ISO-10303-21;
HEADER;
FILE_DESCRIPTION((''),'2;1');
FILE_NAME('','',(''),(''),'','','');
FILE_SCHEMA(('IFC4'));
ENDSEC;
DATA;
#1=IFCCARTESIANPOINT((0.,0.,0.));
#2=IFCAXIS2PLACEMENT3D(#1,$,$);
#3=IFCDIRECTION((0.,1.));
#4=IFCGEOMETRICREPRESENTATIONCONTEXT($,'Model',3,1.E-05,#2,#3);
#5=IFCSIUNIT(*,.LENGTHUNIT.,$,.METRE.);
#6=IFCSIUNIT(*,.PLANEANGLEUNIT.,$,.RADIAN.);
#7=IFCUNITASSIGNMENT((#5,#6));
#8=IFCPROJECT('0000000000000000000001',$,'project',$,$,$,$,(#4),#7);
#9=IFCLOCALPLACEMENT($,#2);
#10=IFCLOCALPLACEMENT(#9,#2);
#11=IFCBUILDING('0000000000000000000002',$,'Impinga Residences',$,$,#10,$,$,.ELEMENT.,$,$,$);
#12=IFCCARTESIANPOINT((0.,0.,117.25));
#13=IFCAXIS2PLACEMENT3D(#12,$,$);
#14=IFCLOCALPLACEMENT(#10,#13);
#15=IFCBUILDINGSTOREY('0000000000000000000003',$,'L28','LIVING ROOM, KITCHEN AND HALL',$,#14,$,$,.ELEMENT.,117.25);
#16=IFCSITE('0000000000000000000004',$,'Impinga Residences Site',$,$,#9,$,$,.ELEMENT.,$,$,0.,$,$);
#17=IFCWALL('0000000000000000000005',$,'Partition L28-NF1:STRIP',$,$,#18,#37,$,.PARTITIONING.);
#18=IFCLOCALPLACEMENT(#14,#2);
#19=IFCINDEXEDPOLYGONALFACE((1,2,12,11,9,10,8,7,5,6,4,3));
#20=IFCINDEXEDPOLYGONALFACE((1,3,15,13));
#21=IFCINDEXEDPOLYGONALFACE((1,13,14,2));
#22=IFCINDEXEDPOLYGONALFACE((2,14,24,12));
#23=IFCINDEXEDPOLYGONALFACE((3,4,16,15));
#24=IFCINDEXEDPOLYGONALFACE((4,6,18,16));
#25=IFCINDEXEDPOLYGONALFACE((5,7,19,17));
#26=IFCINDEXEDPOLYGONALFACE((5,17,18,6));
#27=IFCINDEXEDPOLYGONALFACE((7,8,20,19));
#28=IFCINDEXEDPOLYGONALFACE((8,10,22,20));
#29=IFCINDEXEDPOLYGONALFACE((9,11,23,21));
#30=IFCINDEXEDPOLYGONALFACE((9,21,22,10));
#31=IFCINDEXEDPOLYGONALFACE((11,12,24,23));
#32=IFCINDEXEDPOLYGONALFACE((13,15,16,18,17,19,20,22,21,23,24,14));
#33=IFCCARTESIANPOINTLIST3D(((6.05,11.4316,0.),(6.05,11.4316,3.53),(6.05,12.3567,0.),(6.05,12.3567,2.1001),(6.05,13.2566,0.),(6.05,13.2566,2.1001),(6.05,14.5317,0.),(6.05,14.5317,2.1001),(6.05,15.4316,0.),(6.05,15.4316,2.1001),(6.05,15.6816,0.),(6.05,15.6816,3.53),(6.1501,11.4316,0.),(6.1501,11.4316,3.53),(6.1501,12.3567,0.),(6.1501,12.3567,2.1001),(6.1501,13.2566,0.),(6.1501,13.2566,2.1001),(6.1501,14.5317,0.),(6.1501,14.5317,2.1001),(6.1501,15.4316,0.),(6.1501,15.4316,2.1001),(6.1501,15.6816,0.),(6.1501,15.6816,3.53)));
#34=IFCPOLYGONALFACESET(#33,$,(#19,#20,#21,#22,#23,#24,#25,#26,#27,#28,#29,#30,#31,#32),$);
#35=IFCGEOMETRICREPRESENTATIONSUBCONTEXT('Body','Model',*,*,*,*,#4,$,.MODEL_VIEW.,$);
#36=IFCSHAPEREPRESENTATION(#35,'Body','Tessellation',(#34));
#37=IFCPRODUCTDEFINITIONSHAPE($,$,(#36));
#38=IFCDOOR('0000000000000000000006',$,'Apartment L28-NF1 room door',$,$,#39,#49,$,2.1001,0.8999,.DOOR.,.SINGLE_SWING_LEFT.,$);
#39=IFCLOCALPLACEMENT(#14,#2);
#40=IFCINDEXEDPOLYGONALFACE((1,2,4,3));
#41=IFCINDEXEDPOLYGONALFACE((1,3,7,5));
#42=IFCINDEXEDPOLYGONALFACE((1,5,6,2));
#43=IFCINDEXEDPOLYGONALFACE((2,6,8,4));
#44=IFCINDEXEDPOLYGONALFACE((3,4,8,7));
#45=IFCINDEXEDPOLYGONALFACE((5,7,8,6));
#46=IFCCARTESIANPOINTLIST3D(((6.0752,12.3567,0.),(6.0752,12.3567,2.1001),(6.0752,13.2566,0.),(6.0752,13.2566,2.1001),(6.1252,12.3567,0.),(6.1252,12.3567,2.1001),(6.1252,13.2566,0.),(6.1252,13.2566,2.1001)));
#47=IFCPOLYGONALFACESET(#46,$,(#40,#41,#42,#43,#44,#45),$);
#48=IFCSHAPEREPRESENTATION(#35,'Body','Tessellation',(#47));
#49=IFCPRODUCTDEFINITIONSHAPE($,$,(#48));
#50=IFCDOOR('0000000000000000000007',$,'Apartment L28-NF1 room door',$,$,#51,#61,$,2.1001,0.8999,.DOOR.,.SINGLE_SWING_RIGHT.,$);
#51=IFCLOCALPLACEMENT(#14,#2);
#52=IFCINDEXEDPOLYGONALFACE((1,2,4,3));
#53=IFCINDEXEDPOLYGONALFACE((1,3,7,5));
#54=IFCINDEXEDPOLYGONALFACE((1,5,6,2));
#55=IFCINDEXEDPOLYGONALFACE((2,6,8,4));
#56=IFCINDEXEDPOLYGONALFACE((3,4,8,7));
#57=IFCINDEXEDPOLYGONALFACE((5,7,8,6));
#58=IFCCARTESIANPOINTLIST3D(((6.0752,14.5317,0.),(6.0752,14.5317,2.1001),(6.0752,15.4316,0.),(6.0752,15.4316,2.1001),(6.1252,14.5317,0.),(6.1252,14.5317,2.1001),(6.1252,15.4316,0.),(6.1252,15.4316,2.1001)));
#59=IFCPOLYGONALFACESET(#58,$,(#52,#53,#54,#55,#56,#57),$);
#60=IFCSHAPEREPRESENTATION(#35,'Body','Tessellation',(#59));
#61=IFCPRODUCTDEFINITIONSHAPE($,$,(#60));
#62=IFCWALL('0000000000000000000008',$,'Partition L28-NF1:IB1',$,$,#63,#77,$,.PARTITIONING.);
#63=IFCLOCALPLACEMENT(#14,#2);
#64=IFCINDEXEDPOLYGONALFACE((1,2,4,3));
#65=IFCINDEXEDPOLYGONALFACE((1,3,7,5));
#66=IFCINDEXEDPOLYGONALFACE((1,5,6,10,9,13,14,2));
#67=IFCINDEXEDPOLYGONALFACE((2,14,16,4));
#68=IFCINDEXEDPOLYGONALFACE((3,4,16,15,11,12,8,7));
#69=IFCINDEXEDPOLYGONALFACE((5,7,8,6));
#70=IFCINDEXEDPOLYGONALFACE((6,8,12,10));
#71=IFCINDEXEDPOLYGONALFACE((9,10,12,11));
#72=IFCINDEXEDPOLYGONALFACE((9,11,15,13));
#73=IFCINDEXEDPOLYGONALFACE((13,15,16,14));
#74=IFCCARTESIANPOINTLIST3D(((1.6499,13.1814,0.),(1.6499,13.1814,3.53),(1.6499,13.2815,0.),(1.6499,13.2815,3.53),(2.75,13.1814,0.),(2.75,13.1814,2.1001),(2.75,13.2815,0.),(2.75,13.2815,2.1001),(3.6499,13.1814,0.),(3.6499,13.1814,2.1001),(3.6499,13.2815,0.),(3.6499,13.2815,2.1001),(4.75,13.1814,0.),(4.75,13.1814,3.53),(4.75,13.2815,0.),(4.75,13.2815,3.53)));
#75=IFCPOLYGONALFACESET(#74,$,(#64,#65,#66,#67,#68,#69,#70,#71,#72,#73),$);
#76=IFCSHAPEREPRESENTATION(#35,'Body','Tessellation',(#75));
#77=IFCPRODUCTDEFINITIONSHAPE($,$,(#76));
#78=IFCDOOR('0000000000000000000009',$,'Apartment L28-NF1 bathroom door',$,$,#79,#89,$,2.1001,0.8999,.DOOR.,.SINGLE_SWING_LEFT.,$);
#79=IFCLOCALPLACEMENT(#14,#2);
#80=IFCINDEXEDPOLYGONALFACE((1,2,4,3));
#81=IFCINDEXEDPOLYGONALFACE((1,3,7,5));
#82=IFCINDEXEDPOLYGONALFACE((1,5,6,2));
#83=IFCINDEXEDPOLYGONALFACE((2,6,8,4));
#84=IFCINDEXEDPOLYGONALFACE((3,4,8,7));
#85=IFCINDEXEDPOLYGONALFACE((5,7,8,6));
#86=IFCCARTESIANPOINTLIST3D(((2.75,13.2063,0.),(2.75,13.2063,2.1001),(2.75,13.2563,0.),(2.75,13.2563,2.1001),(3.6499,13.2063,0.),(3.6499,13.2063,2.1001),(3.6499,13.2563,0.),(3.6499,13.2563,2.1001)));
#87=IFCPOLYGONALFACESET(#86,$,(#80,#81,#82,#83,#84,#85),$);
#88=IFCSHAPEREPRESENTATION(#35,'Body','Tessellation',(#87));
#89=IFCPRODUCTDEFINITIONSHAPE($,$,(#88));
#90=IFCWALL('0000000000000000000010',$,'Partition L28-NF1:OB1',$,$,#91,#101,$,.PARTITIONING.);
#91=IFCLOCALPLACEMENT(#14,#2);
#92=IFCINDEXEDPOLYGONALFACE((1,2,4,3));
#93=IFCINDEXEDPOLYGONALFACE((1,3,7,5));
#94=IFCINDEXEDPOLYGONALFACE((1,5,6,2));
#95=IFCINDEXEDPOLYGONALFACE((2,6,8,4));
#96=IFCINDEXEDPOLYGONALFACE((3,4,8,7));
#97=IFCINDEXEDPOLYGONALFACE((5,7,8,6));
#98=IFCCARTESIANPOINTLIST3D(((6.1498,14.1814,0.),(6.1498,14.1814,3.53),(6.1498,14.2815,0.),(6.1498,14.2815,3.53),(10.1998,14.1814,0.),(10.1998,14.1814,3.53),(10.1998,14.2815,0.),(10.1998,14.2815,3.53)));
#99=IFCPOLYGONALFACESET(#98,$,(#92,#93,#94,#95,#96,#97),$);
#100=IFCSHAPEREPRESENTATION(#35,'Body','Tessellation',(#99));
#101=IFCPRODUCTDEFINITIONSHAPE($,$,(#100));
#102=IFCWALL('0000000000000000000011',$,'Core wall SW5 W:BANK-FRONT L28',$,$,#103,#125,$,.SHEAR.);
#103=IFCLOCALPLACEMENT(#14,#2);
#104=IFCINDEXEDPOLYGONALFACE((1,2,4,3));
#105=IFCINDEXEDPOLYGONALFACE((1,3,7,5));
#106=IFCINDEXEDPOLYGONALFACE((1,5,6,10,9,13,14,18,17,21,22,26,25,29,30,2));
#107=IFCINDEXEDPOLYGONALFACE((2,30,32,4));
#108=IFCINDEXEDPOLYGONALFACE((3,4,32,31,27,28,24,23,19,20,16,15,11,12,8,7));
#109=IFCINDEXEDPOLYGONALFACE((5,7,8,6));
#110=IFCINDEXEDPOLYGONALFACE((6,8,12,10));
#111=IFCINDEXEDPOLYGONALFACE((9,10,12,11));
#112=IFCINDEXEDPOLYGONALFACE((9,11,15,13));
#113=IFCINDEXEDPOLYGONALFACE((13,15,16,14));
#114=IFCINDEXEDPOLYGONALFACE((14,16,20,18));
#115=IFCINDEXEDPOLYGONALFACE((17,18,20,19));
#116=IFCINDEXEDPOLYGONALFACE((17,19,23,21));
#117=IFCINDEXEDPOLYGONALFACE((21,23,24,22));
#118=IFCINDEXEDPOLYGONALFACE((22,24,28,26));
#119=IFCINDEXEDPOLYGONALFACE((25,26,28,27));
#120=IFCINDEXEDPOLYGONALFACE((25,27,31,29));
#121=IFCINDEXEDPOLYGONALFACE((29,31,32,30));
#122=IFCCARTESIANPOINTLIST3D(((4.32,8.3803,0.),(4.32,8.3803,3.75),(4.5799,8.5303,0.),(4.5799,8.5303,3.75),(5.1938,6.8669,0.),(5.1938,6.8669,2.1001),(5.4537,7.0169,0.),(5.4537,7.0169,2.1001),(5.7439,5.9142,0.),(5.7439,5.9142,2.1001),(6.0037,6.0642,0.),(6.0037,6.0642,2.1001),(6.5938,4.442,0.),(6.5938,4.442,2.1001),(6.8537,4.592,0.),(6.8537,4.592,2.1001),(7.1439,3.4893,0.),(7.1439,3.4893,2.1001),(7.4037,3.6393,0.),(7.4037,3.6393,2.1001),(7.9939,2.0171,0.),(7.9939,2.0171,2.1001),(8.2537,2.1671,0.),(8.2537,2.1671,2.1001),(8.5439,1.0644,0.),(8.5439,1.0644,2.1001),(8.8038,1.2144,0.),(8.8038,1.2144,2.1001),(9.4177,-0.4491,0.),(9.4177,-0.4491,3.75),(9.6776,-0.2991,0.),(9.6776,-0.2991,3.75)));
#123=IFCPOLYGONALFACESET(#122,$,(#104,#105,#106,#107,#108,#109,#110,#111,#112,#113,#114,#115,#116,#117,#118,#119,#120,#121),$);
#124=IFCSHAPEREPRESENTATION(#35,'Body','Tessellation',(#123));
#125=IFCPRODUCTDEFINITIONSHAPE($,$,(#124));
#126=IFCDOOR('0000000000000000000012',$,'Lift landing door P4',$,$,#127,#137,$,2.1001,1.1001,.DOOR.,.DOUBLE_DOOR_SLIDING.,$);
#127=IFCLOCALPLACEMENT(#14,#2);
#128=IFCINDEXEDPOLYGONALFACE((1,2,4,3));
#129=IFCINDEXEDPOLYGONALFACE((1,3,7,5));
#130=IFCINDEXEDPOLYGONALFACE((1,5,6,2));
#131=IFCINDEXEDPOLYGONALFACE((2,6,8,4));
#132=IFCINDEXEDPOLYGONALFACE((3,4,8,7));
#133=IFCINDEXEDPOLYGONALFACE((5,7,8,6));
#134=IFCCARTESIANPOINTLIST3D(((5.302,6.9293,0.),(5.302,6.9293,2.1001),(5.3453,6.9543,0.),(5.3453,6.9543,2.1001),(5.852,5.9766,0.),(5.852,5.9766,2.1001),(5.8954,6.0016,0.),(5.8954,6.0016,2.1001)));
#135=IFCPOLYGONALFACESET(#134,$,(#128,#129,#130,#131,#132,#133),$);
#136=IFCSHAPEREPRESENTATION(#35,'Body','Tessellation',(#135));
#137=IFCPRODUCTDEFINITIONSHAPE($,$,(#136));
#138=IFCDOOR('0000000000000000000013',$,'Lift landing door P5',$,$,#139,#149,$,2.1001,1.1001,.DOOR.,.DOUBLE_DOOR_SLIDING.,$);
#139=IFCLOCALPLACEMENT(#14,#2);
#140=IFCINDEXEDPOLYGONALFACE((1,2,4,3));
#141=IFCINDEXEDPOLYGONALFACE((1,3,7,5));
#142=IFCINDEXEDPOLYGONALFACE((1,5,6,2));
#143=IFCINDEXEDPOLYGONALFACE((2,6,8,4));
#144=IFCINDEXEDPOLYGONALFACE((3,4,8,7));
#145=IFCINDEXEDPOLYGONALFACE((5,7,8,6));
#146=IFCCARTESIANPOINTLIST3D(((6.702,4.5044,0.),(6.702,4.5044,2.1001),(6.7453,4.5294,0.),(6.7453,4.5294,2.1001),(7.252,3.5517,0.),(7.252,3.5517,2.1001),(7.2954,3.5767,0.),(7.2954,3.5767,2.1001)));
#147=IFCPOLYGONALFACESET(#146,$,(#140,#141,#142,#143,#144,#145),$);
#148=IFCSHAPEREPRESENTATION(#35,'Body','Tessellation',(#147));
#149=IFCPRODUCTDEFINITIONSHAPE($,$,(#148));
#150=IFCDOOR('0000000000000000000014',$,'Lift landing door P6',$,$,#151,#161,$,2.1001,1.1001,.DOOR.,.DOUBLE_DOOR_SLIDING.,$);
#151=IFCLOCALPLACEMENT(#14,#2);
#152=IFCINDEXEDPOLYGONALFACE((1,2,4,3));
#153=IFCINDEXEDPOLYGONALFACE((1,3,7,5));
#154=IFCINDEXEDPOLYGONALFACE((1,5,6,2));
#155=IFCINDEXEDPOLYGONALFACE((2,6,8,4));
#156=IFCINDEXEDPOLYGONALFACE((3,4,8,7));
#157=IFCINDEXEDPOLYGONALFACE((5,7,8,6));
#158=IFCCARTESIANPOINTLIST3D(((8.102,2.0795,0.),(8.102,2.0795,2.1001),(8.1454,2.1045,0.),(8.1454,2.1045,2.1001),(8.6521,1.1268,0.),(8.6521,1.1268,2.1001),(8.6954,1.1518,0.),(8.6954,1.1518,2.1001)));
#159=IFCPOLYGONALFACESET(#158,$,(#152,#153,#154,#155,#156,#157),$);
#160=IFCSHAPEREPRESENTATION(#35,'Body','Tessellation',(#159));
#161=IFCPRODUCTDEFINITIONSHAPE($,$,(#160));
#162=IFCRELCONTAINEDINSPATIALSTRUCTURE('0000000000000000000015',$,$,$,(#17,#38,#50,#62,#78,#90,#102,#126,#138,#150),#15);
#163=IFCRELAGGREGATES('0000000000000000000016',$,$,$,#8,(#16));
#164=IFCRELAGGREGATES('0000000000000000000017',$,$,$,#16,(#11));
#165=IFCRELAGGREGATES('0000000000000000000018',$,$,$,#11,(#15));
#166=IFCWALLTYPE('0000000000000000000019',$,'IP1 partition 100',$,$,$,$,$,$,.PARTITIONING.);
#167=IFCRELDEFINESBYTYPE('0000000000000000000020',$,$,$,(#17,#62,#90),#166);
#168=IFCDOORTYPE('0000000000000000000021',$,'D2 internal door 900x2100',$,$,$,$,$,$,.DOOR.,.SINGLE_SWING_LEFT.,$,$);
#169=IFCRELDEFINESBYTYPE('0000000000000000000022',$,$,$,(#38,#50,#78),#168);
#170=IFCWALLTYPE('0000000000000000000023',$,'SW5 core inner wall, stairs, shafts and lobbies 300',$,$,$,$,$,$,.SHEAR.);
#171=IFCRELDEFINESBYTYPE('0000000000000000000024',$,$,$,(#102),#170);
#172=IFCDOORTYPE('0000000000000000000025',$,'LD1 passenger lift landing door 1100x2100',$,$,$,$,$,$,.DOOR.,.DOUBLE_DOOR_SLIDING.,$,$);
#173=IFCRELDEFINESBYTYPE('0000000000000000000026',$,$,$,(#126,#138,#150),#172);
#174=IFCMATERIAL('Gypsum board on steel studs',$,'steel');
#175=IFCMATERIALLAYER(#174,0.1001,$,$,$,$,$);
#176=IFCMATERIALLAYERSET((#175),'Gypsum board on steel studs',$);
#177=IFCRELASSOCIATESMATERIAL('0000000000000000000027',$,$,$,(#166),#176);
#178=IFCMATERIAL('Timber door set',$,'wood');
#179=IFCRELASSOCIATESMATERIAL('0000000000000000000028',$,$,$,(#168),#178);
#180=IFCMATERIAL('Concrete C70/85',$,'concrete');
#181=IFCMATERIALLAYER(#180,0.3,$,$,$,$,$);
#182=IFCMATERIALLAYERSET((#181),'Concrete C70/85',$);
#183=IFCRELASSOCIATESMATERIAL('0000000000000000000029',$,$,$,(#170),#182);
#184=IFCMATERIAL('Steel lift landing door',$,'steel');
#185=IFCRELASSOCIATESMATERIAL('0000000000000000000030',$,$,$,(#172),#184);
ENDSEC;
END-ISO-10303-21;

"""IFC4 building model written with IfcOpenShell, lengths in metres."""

from ifc_helpers import new_model, si_unit, direction, frame, frame_2d, origin, place, context, subcontext, project, spatial, rectangle, extrude, material, layer, layer_set, type_object, element, fill, save


model = new_model("IFC4")

# Units and contexts
model_context = context("Model", 3, precision=1e-05, world=origin(), true_north=direction((0.0, 1.0)))
body_context = subcontext(model_context, "Body", "Model", "MODEL_VIEW")
ifc_project = project(units=[si_unit("LENGTHUNIT", "METRE"), si_unit("PLANEANGLEUNIT", "RADIAN")], contexts=[model_context])

# Site, building, storey
site_placement = place(None, origin())
site = spatial("IfcSite", under=ifc_project, at=site_placement, Name="Impinga Residences Site", CompositionType="ELEMENT", RefElevation=0.0)
building_placement = place(site_placement, origin())
building = spatial("IfcBuilding", under=site, at=building_placement, Name="Impinga Residences", CompositionType="ELEMENT")
storey_placement = place(building_placement, frame((0.0, 0.0, 117.25)))
storey = spatial("IfcBuildingStorey", under=building, at=storey_placement, Name="L28", Description="LIVING ROOM, KITCHEN AND HALL", CompositionType="ELEMENT", Elevation=117.25)

# Shared definitions
ifc_material_1 = material(Name="Timber door set", Category="wood")

# Shared definitions
ifc_material_2 = material(Name="Gypsum board on steel studs", Category="steel")
ifc_layer_1 = layer(ifc_material_2, 0.1001)
ifc_layer_set_1 = layer_set([ifc_layer_1], Name="Gypsum board on steel studs")
wall_type_1 = type_object("IfcWallType", Name="IP1 partition 100", PredefinedType="PARTITIONING", material=ifc_layer_set_1)

# Wall, openings, doors
wall_1_placement = place(storey_placement, frame((6.1001, 11.4316, 0.0), z_axis=(0.0, 0.0, 1.0), x_axis=(0.0, 1.0, 0.0)))
wall_1 = element("IfcWall", 1, at=wall_1_placement, inside=storey, type_object=wall_type_1, Name="Partition L28-NF1:STRIP", PredefinedType="PARTITIONING", context=body_context, shape_type="SweptSolid", body=[
    extrude(rectangle(XDim=4.25, YDim=0.1001, at=frame_2d((2.125, 0.0))), origin(), (0.0, 0.0, 1.0), 3.53),
])
opening_1_placement = place(wall_1_placement, frame((0.925, 0.0, 0.0)))
opening_1 = element("IfcOpeningElement", 2, at=opening_1_placement, cuts=wall_1, PredefinedType="OPENING", context=body_context, shape_type="SweptSolid", body=[
    extrude(rectangle(XDim=0.8999, YDim=2.1001, at=frame_2d((0.45, 1.05))), frame((0.0, 0.0601, 0.0), z_axis=(0.0, -1.0, 0.0), x_axis=(1.0, 0.0, 0.0)), (0.0, 0.0, 1.0), 0.1201),
])
opening_2_placement = place(wall_1_placement, frame((3.1001, 0.0, 0.0)))
opening_2 = element("IfcOpeningElement", 3, at=opening_2_placement, cuts=wall_1, PredefinedType="OPENING", context=body_context, shape_type="SweptSolid", body=[
    extrude(rectangle(XDim=0.8999, YDim=2.1001, at=frame_2d((0.45, 1.05))), frame((0.0, 0.0601, 0.0), z_axis=(0.0, -1.0, 0.0), x_axis=(1.0, 0.0, 0.0)), (0.0, 0.0, 1.0), 0.1201),
])
door_type_1 = type_object("IfcDoorType", Name="D2 internal door 900x2100", OperationType="SINGLE_SWING_LEFT", PredefinedType="DOOR", material=ifc_material_1)
door_1_placement = place(opening_1_placement, origin())
door_1 = element("IfcDoor", 4, at=door_1_placement, inside=storey, type_object=door_type_1, Name="Apartment L28-NF1 room door", OperationType="SINGLE_SWING_LEFT", OverallHeight=2.1001, OverallWidth=0.8999, PredefinedType="DOOR", context=body_context, shape_type="SweptSolid", body=[
    extrude(rectangle(XDim=0.8999, YDim=2.1001, at=frame_2d((0.45, 1.05))), frame((0.0, 0.0249, 0.0), z_axis=(0.0, -1.0, 0.0), x_axis=(1.0, 0.0, 0.0)), (0.0, 0.0, 1.0), 0.05),
])
fill(opening_1, door_1)
door_2_placement = place(opening_2_placement, origin())
door_2 = element("IfcDoor", 5, at=door_2_placement, inside=storey, type_object=door_type_1, Name="Apartment L28-NF1 room door", OperationType="SINGLE_SWING_RIGHT", OverallHeight=2.1001, OverallWidth=0.8999, PredefinedType="DOOR", context=body_context, shape_type="SweptSolid", body=[
    extrude(rectangle(XDim=0.8999, YDim=2.1001, at=frame_2d((0.45, 1.05))), frame((0.0, 0.0249, 0.0), z_axis=(0.0, -1.0, 0.0), x_axis=(1.0, 0.0, 0.0)), (0.0, 0.0, 1.0), 0.05),
])
fill(opening_2, door_2)

# Wall, opening, door
wall_2_placement = place(storey_placement, frame((1.6499, 13.2314, 0.0), z_axis=(0.0, 0.0, 1.0), x_axis=(1.0, 0.0, 0.0)))
wall_2 = element("IfcWall", 6, at=wall_2_placement, inside=storey, type_object=wall_type_1, Name="Partition L28-NF1:IB1", PredefinedType="PARTITIONING", context=body_context, shape_type="SweptSolid", body=[
    extrude(rectangle(XDim=3.1001, YDim=0.1001, at=frame_2d((1.55, 0.0))), origin(), (0.0, 0.0, 1.0), 3.53),
])
opening_3_placement = place(wall_2_placement, frame((1.1001, 0.0, 0.0)))
opening_3 = element("IfcOpeningElement", 7, at=opening_3_placement, cuts=wall_2, PredefinedType="OPENING", context=body_context, shape_type="SweptSolid", body=[
    extrude(rectangle(XDim=0.8999, YDim=2.1001, at=frame_2d((0.45, 1.05))), frame((0.0, 0.0601, 0.0), z_axis=(0.0, -1.0, 0.0), x_axis=(1.0, 0.0, 0.0)), (0.0, 0.0, 1.0), 0.1201),
])
door_3_placement = place(opening_3_placement, origin())
door_3 = element("IfcDoor", 8, at=door_3_placement, inside=storey, type_object=door_type_1, Name="Apartment L28-NF1 bathroom door", OperationType="SINGLE_SWING_LEFT", OverallHeight=2.1001, OverallWidth=0.8999, PredefinedType="DOOR", context=body_context, shape_type="SweptSolid", body=[
    extrude(rectangle(XDim=0.8999, YDim=2.1001, at=frame_2d((0.45, 1.05))), frame((0.0, 0.0249, 0.0), z_axis=(0.0, -1.0, 0.0), x_axis=(1.0, 0.0, 0.0)), (0.0, 0.0, 1.0), 0.05),
])
fill(opening_3, door_3)

# Wall
wall_3_placement = place(storey_placement, frame((6.1499, 14.2314, 0.0), z_axis=(0.0, 0.0, 1.0), x_axis=(1.0, 0.0, 0.0)))
element("IfcWall", 9, at=wall_3_placement, inside=storey, type_object=wall_type_1, Name="Partition L28-NF1:OB1", PredefinedType="PARTITIONING", context=body_context, shape_type="SweptSolid", body=[
    extrude(rectangle(XDim=4.05, YDim=0.1001, at=frame_2d((2.0249, 0.0))), origin(), (0.0, 0.0, 1.0), 3.53),
])

# Wall, openings, doors
ifc_material_3 = material(Name="Concrete C70/85", Category="concrete")
ifc_layer_2 = layer(ifc_material_3, 0.3)
ifc_layer_set_2 = layer_set([ifc_layer_2], Name="Concrete C70/85")
wall_type_2 = type_object("IfcWallType", Name="SW5 core inner wall, stairs, shafts and lobbies 300", PredefinedType="SHEAR", material=ifc_layer_set_2)
wall_4_placement = place(storey_placement, frame((4.45, 8.4553, 0.0), z_axis=(0.0, 0.0, 1.0), x_axis=(0.500002, -0.866024, 0.0)))
wall_4 = element("IfcWall", 10, at=wall_4_placement, inside=storey, type_object=wall_type_2, Name="Core wall SW5 W:BANK-FRONT L28", PredefinedType="SHEAR", context=body_context, shape_type="SweptSolid", body=[
    extrude(rectangle(XDim=10.1953, YDim=0.3, at=frame_2d((5.0977, 0.0))), origin(), (0.0, 0.0, 1.0), 3.75),
])
opening_4_placement = place(wall_4_placement, frame((1.7476, 0.0, 0.0)))
opening_4 = element("IfcOpeningElement", 11, at=opening_4_placement, cuts=wall_4, PredefinedType="OPENING", context=body_context, shape_type="SweptSolid", body=[
    extrude(rectangle(XDim=1.1001, YDim=2.1001, at=frame_2d((0.55, 1.05))), frame((0.0, 0.1599, 0.0), z_axis=(0.0, -1.0, 0.0), x_axis=(1.0, 0.0, 0.0)), (0.0, 0.0, 1.0), 0.3201),
])
opening_5_placement = place(wall_4_placement, frame((4.5476, 0.0, 0.0)))
opening_5 = element("IfcOpeningElement", 12, at=opening_5_placement, cuts=wall_4, PredefinedType="OPENING", context=body_context, shape_type="SweptSolid", body=[
    extrude(rectangle(XDim=1.1001, YDim=2.1001, at=frame_2d((0.55, 1.05))), frame((0.0, 0.1599, 0.0), z_axis=(0.0, -1.0, 0.0), x_axis=(1.0, 0.0, 0.0)), (0.0, 0.0, 1.0), 0.3201),
])
opening_6_placement = place(wall_4_placement, frame((7.3477, 0.0, 0.0)))
opening_6 = element("IfcOpeningElement", 13, at=opening_6_placement, cuts=wall_4, PredefinedType="OPENING", context=body_context, shape_type="SweptSolid", body=[
    extrude(rectangle(XDim=1.1001, YDim=2.1001, at=frame_2d((0.55, 1.05))), frame((0.0, 0.1599, 0.0), z_axis=(0.0, -1.0, 0.0), x_axis=(1.0, 0.0, 0.0)), (0.0, 0.0, 1.0), 0.3201),
])
ifc_material_4 = material(Name="Steel lift landing door", Category="steel")
door_type_2 = type_object("IfcDoorType", Name="LD1 passenger lift landing door 1100x2100", OperationType="DOUBLE_DOOR_SLIDING", PredefinedType="DOOR", material=ifc_material_4)
door_4_placement = place(opening_4_placement, origin())
door_4 = element("IfcDoor", 14, at=door_4_placement, inside=storey, type_object=door_type_2, Name="Lift landing door P4", OperationType="DOUBLE_DOOR_SLIDING", OverallHeight=2.1001, OverallWidth=1.1001, PredefinedType="DOOR", context=body_context, shape_type="SweptSolid", body=[
    extrude(rectangle(XDim=1.1001, YDim=2.1001, at=frame_2d((0.55, 1.05))), frame((0.0, 0.0249, 0.0), z_axis=(0.0, -1.0, 0.0), x_axis=(1.0, 0.0, 0.0)), (0.0, 0.0, 1.0), 0.05),
])
fill(opening_4, door_4)
door_5_placement = place(opening_5_placement, origin())
door_5 = element("IfcDoor", 15, at=door_5_placement, inside=storey, type_object=door_type_2, Name="Lift landing door P5", OperationType="DOUBLE_DOOR_SLIDING", OverallHeight=2.1001, OverallWidth=1.1001, PredefinedType="DOOR", context=body_context, shape_type="SweptSolid", body=[
    extrude(rectangle(XDim=1.1001, YDim=2.1001, at=frame_2d((0.55, 1.05))), frame((0.0, 0.0249, 0.0), z_axis=(0.0, -1.0, 0.0), x_axis=(1.0, 0.0, 0.0)), (0.0, 0.0, 1.0), 0.05),
])
fill(opening_5, door_5)
door_6_placement = place(opening_6_placement, origin())
door_6 = element("IfcDoor", 16, at=door_6_placement, inside=storey, type_object=door_type_2, Name="Lift landing door P6", OperationType="DOUBLE_DOOR_SLIDING", OverallHeight=2.1001, OverallWidth=1.1001, PredefinedType="DOOR", context=body_context, shape_type="SweptSolid", body=[
    extrude(rectangle(XDim=1.1001, YDim=2.1001, at=frame_2d((0.55, 1.05))), frame((0.0, 0.0249, 0.0), z_axis=(0.0, -1.0, 0.0), x_axis=(1.0, 0.0, 0.0)), (0.0, 0.0, 1.0), 0.05),
])
fill(opening_6, door_6)

save(model, "model.ifc")
